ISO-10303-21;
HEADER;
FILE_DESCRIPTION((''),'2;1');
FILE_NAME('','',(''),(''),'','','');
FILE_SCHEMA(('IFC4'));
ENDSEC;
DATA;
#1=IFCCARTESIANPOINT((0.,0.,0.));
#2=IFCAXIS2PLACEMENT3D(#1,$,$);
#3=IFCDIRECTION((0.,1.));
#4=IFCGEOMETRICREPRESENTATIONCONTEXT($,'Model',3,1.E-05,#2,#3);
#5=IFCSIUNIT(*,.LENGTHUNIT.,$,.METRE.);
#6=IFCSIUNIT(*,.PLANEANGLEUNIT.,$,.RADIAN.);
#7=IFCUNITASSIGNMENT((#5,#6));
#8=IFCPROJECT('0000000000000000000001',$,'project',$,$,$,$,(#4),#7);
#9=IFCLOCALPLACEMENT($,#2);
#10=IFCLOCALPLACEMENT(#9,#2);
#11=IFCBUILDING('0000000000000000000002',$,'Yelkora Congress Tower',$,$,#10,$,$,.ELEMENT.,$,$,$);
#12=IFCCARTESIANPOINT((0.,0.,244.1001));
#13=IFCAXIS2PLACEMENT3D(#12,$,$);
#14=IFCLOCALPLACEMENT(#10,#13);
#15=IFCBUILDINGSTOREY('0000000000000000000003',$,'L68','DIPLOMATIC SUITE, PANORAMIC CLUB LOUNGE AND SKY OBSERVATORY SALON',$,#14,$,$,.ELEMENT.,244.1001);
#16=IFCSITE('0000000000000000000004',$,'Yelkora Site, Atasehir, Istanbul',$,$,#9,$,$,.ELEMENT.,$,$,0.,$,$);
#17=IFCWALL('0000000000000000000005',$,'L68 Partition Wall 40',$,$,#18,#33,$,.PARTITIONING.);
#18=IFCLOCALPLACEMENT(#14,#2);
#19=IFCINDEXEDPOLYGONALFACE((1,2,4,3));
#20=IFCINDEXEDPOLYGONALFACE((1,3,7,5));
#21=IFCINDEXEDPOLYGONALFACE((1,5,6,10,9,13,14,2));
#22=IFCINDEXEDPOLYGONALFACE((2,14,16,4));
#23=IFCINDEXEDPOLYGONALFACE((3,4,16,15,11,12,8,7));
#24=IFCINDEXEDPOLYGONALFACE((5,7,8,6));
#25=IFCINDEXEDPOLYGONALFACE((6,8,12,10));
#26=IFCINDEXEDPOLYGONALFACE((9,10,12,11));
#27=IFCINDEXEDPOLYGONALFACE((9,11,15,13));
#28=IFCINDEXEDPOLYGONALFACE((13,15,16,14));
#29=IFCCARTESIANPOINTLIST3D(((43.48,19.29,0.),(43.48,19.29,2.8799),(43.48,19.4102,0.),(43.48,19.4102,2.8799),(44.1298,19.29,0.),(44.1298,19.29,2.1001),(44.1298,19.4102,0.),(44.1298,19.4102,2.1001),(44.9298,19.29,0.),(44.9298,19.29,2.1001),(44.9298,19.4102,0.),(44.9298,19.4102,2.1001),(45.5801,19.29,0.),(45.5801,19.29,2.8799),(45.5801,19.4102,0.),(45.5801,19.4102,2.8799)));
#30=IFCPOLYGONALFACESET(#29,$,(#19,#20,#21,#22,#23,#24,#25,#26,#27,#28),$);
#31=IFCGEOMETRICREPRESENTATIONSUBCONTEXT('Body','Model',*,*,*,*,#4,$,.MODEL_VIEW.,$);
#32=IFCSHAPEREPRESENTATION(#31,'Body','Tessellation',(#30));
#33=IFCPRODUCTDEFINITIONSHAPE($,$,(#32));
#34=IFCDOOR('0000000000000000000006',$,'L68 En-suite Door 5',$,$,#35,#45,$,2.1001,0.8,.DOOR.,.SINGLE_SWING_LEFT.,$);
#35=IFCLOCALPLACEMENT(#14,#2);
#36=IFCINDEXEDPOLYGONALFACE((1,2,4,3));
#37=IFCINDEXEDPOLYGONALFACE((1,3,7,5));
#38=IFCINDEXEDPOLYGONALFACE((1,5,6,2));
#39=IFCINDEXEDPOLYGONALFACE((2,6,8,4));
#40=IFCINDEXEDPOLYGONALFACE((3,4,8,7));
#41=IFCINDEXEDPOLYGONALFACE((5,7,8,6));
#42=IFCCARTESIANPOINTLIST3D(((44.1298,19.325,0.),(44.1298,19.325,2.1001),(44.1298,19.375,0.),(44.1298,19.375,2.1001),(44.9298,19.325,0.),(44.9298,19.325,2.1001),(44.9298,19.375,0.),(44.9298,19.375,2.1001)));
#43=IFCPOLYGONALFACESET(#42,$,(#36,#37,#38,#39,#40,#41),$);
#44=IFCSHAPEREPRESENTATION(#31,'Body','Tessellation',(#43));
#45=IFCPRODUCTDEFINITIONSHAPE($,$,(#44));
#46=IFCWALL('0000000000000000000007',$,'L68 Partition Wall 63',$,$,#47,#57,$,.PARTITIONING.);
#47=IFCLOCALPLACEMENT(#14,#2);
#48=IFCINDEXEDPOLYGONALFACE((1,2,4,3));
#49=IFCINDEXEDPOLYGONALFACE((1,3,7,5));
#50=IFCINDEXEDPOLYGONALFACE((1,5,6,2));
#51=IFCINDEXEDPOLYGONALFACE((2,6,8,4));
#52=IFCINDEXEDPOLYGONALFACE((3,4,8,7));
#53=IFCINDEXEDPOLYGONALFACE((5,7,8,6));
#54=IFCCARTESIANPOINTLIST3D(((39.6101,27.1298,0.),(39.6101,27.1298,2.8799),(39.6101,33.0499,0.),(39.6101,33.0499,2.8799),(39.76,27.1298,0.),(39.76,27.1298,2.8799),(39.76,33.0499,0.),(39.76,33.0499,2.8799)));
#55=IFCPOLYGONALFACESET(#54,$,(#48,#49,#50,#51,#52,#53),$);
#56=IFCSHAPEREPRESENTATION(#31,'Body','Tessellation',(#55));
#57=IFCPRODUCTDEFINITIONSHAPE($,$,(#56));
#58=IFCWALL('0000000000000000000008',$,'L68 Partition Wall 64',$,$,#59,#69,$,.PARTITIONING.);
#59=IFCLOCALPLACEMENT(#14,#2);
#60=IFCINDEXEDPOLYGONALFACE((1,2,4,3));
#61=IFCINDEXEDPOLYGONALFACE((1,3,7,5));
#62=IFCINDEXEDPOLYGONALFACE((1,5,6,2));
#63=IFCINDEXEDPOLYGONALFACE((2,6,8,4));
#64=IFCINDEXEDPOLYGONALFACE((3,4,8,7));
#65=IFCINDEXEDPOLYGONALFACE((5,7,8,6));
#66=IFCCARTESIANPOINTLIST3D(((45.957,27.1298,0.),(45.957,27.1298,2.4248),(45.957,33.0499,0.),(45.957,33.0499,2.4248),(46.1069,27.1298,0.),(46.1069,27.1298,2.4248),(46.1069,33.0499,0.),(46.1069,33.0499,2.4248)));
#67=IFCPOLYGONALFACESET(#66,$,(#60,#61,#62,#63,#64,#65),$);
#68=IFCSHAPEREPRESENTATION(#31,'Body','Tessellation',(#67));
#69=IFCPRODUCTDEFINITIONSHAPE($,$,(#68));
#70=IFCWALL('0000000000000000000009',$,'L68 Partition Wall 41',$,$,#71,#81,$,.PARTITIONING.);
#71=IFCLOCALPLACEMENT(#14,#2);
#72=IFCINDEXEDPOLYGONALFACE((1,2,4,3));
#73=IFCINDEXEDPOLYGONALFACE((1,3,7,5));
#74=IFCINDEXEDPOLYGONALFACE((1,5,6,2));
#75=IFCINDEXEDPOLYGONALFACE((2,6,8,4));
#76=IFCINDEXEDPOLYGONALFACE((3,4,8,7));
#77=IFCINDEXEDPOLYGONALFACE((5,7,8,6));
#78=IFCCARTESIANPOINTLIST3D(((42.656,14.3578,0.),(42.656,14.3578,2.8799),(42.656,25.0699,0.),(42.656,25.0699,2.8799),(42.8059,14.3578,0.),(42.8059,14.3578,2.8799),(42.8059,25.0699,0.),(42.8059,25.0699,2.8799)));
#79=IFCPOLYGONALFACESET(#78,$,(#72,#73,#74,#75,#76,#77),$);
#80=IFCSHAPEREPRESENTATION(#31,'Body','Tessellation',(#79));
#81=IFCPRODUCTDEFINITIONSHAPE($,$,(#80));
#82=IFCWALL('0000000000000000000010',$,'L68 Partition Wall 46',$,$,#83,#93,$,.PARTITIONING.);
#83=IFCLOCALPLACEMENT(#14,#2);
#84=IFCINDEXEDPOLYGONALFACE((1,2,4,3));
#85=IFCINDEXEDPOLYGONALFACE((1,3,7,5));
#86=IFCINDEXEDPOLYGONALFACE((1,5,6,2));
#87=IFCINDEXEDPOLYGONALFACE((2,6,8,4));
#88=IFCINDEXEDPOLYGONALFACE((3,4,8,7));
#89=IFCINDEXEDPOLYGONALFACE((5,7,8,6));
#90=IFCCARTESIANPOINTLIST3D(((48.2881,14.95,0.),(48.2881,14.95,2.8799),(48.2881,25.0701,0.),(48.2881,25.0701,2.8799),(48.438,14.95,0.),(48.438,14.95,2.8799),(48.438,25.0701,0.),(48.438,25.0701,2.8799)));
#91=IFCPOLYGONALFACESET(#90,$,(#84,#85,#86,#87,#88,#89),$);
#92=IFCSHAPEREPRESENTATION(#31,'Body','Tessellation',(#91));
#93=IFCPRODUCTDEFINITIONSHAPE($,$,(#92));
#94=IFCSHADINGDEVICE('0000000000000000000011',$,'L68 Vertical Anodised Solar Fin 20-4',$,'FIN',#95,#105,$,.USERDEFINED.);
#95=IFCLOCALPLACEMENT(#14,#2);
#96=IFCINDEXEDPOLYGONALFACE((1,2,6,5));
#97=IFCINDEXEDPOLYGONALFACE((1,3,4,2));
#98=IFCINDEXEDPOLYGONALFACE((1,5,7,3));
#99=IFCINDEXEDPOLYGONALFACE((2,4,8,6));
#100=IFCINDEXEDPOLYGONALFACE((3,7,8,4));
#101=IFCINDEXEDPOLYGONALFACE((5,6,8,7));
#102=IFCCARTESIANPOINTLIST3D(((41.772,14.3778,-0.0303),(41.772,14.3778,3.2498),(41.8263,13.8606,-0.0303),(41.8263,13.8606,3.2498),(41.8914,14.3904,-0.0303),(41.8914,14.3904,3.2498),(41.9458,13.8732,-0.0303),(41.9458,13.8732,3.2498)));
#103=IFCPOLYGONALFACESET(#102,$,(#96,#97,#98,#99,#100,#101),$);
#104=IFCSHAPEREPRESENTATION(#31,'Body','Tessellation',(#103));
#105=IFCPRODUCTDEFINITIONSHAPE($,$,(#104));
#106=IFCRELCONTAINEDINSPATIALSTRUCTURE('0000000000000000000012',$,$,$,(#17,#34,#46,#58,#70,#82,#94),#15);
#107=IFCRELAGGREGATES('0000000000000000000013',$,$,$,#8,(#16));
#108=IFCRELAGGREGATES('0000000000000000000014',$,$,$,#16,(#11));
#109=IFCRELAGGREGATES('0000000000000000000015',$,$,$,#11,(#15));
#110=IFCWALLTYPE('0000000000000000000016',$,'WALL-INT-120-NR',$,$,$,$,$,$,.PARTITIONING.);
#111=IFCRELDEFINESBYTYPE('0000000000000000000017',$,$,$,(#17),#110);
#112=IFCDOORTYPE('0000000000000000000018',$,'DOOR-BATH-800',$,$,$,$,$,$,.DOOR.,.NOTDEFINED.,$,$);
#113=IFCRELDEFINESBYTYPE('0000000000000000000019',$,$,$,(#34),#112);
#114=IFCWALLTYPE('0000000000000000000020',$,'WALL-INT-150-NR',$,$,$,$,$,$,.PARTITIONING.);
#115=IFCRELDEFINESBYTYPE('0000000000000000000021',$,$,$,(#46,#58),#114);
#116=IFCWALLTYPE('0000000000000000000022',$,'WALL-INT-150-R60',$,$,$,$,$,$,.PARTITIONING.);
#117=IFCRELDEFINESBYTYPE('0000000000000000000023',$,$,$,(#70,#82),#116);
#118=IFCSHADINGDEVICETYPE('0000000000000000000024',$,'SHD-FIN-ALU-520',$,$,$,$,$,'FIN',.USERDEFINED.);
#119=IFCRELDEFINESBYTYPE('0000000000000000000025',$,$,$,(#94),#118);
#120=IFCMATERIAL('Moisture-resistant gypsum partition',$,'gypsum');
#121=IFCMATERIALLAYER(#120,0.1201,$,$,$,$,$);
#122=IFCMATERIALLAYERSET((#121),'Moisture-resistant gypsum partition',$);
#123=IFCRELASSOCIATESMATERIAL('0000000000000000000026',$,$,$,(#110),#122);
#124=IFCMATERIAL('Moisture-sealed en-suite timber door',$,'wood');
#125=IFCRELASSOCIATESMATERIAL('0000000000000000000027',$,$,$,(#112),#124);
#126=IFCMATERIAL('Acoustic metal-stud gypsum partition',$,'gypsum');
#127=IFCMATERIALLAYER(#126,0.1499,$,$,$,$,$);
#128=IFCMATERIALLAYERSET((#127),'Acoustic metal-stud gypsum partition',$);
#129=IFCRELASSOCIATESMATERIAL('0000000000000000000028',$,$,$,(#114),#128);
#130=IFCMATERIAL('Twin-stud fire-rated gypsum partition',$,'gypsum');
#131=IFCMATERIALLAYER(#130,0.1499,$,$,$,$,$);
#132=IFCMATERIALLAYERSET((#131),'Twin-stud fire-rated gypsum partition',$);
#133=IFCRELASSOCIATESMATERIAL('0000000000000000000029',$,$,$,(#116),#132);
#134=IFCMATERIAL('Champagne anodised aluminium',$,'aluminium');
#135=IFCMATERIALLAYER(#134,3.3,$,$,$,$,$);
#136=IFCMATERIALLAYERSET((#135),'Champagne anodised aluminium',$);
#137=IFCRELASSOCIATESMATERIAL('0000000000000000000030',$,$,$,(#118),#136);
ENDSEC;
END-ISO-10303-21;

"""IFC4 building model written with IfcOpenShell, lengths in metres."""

from ifc_helpers import new_model, si_unit, direction, frame, frame_2d, origin, origin_2d, place, context, subcontext, project, spatial, rectangle, extrude, material, layer, layer_set, type_object, element, fill, save


model = new_model("IFC4")

# Units and contexts
model_context = context("Model", 3, precision=1e-05, world=origin(), true_north=direction((0.0, 1.0)))
body_context = subcontext(model_context, "Body", "Model", "MODEL_VIEW")
ifc_project = project(units=[si_unit("LENGTHUNIT", "METRE"), si_unit("PLANEANGLEUNIT", "RADIAN")], contexts=[model_context])

# Site, building, storey
site_placement = place(None, origin())
site = spatial("IfcSite", under=ifc_project, at=site_placement, Name="Yelkora Site, Atasehir, Istanbul", CompositionType="ELEMENT", RefElevation=0.0)
building_placement = place(site_placement, origin())
building = spatial("IfcBuilding", under=site, at=building_placement, Name="Yelkora Congress Tower", CompositionType="ELEMENT")
storey_placement = place(building_placement, frame((0.0, 0.0, 244.1001)))
storey = spatial("IfcBuildingStorey", under=building, at=storey_placement, Name="L68", Description="DIPLOMATIC SUITE, PANORAMIC CLUB LOUNGE AND SKY OBSERVATORY SALON", CompositionType="ELEMENT", Elevation=244.1001)

# Shared definitions
ifc_material_1 = material(Name="Moisture-resistant gypsum partition", Category="gypsum")
ifc_layer_1 = layer(ifc_material_1, 0.1201)
ifc_layer_set_1 = layer_set([ifc_layer_1], Name="Moisture-resistant gypsum partition")
wall_type_1 = type_object("IfcWallType", Name="WALL-INT-120-NR", PredefinedType="PARTITIONING", material=ifc_layer_set_1)

# Shared definitions
ifc_material_2 = material(Name="Moisture-sealed en-suite timber door", Category="wood")
door_type = type_object("IfcDoorType", Name="DOOR-BATH-800", OperationType="NOTDEFINED", PredefinedType="DOOR", material=ifc_material_2)

# Wall, opening, door
wall_1_placement = place(storey_placement, frame((43.48, 19.3501, 0.0), z_axis=(0.0, 0.0, 1.0), x_axis=(1.0, 0.0, 0.0)))
wall_1 = element("IfcWall", 1, at=wall_1_placement, inside=storey, type_object=wall_type_1, Name="L68 Partition Wall 40", PredefinedType="PARTITIONING", context=body_context, shape_type="SweptSolid", body=[
    extrude(rectangle(XDim=2.1001, YDim=0.1201, at=frame_2d((1.05, 0.0))), origin(), (0.0, 0.0, 1.0), 2.8799),
])
opening_1_placement = place(wall_1_placement, frame((0.6499, 0.0, 0.0)))
opening_1 = element("IfcOpeningElement", 2, at=opening_1_placement, cuts=wall_1, PredefinedType="OPENING", context=body_context, shape_type="SweptSolid", body=[
    extrude(rectangle(XDim=0.8, YDim=2.1001, at=frame_2d((0.3999, 1.05))), frame((0.0, 0.0701, 0.0), z_axis=(0.0, -1.0, 0.0), x_axis=(1.0, 0.0, 0.0)), (0.0, 0.0, 1.0), 0.1401),
])
door_1_placement = place(opening_1_placement, origin())
door_1 = element("IfcDoor", 3, at=door_1_placement, inside=storey, type_object=door_type, Name="L68 En-suite Door 5", OperationType="SINGLE_SWING_LEFT", OverallHeight=2.1001, OverallWidth=0.8, PredefinedType="DOOR", context=body_context, shape_type="SweptSolid", body=[
    extrude(rectangle(XDim=0.8, YDim=2.1001, at=frame_2d((0.3999, 1.05))), frame((0.0, 0.0249, 0.0), z_axis=(0.0, -1.0, 0.0), x_axis=(1.0, 0.0, 0.0)), (0.0, 0.0, 1.0), 0.05),
])
fill(opening_1, door_1)

# Walls
ifc_material_3 = material(Name="Acoustic metal-stud gypsum partition", Category="gypsum")
ifc_layer_2 = layer(ifc_material_3, 0.1499)
ifc_layer_set_2 = layer_set([ifc_layer_2], Name="Acoustic metal-stud gypsum partition")
wall_type_2 = type_object("IfcWallType", Name="WALL-INT-150-NR", PredefinedType="PARTITIONING", material=ifc_layer_set_2)
wall_2_placement = place(storey_placement, frame((39.6851, 27.1299, 0.0), z_axis=(0.0, 0.0, 1.0), x_axis=(0.0, 1.0, 0.0)))
element("IfcWall", 4, at=wall_2_placement, inside=storey, type_object=wall_type_2, Name="L68 Partition Wall 63", PredefinedType="PARTITIONING", context=body_context, shape_type="SweptSolid", body=[
    extrude(rectangle(XDim=5.9202, YDim=0.1499, at=frame_2d((2.96, 0.0))), origin(), (0.0, 0.0, 1.0), 2.8799),
])
wall_3_placement = place(storey_placement, frame((46.032, 27.1299, 0.0), z_axis=(0.0, 0.0, 1.0), x_axis=(0.0, 1.0, 0.0)))
element("IfcWall", 5, at=wall_3_placement, inside=storey, type_object=wall_type_2, Name="L68 Partition Wall 64", PredefinedType="PARTITIONING", context=body_context, shape_type="SweptSolid", body=[
    extrude(rectangle(XDim=5.9202, YDim=0.1499, at=frame_2d((2.96, 0.0))), origin(), (0.0, 0.0, 1.0), 2.4248),
])
ifc_material_4 = material(Name="Twin-stud fire-rated gypsum partition", Category="gypsum")
ifc_layer_3 = layer(ifc_material_4, 0.1499)
ifc_layer_set_3 = layer_set([ifc_layer_3], Name="Twin-stud fire-rated gypsum partition")
wall_type_3 = type_object("IfcWallType", Name="WALL-INT-150-R60", PredefinedType="PARTITIONING", material=ifc_layer_set_3)
wall_4_placement = place(storey_placement, frame((42.731, 14.3579, 0.0), z_axis=(0.0, 0.0, 1.0), x_axis=(0.0, 1.0, 0.0)))
element("IfcWall", 6, at=wall_4_placement, inside=storey, type_object=wall_type_3, Name="L68 Partition Wall 41", PredefinedType="PARTITIONING", context=body_context, shape_type="SweptSolid", body=[
    extrude(rectangle(XDim=10.7122, YDim=0.1499, at=frame_2d((5.356, 0.0))), origin(), (0.0, 0.0, 1.0), 2.8799),
])
wall_5_placement = place(storey_placement, frame((48.363, 14.95, 0.0), z_axis=(0.0, 0.0, 1.0), x_axis=(0.0, 1.0, 0.0)))
element("IfcWall", 7, at=wall_5_placement, inside=storey, type_object=wall_type_3, Name="L68 Partition Wall 46", PredefinedType="PARTITIONING", context=body_context, shape_type="SweptSolid", body=[
    extrude(rectangle(XDim=10.1201, YDim=0.1499, at=frame_2d((5.0601, 0.0))), origin(), (0.0, 0.0, 1.0), 2.8799),
])

# Shading device
ifc_material_5 = material(Name="Champagne anodised aluminium", Category="aluminium")
ifc_layer_4 = layer(ifc_material_5, 3.3)
ifc_layer_set_4 = layer_set([ifc_layer_4], Name="Champagne anodised aluminium")
shading_device_type = type_object("IfcShadingDeviceType", Name="SHD-FIN-ALU-520", ElementType="FIN", PredefinedType="USERDEFINED", material=ifc_layer_set_4)
shading_device_placement = place(storey_placement, frame((41.8589, 14.1255, -0.0303), z_axis=(0.0, 0.0, 1.0), x_axis=(-0.994522, -0.104528, 0.0)))
element("IfcShadingDevice", 8, at=shading_device_placement, inside=storey, type_object=shading_device_type, Name="L68 Vertical Anodised Solar Fin 20-4", ObjectType="FIN", PredefinedType="USERDEFINED", context=body_context, shape_type="SweptSolid", body=[
    extrude(rectangle(XDim=0.1201, YDim=0.52, at=origin_2d()), origin(), (0.0, 0.0, 1.0), 3.28),
])

save(model, "model.ifc")
